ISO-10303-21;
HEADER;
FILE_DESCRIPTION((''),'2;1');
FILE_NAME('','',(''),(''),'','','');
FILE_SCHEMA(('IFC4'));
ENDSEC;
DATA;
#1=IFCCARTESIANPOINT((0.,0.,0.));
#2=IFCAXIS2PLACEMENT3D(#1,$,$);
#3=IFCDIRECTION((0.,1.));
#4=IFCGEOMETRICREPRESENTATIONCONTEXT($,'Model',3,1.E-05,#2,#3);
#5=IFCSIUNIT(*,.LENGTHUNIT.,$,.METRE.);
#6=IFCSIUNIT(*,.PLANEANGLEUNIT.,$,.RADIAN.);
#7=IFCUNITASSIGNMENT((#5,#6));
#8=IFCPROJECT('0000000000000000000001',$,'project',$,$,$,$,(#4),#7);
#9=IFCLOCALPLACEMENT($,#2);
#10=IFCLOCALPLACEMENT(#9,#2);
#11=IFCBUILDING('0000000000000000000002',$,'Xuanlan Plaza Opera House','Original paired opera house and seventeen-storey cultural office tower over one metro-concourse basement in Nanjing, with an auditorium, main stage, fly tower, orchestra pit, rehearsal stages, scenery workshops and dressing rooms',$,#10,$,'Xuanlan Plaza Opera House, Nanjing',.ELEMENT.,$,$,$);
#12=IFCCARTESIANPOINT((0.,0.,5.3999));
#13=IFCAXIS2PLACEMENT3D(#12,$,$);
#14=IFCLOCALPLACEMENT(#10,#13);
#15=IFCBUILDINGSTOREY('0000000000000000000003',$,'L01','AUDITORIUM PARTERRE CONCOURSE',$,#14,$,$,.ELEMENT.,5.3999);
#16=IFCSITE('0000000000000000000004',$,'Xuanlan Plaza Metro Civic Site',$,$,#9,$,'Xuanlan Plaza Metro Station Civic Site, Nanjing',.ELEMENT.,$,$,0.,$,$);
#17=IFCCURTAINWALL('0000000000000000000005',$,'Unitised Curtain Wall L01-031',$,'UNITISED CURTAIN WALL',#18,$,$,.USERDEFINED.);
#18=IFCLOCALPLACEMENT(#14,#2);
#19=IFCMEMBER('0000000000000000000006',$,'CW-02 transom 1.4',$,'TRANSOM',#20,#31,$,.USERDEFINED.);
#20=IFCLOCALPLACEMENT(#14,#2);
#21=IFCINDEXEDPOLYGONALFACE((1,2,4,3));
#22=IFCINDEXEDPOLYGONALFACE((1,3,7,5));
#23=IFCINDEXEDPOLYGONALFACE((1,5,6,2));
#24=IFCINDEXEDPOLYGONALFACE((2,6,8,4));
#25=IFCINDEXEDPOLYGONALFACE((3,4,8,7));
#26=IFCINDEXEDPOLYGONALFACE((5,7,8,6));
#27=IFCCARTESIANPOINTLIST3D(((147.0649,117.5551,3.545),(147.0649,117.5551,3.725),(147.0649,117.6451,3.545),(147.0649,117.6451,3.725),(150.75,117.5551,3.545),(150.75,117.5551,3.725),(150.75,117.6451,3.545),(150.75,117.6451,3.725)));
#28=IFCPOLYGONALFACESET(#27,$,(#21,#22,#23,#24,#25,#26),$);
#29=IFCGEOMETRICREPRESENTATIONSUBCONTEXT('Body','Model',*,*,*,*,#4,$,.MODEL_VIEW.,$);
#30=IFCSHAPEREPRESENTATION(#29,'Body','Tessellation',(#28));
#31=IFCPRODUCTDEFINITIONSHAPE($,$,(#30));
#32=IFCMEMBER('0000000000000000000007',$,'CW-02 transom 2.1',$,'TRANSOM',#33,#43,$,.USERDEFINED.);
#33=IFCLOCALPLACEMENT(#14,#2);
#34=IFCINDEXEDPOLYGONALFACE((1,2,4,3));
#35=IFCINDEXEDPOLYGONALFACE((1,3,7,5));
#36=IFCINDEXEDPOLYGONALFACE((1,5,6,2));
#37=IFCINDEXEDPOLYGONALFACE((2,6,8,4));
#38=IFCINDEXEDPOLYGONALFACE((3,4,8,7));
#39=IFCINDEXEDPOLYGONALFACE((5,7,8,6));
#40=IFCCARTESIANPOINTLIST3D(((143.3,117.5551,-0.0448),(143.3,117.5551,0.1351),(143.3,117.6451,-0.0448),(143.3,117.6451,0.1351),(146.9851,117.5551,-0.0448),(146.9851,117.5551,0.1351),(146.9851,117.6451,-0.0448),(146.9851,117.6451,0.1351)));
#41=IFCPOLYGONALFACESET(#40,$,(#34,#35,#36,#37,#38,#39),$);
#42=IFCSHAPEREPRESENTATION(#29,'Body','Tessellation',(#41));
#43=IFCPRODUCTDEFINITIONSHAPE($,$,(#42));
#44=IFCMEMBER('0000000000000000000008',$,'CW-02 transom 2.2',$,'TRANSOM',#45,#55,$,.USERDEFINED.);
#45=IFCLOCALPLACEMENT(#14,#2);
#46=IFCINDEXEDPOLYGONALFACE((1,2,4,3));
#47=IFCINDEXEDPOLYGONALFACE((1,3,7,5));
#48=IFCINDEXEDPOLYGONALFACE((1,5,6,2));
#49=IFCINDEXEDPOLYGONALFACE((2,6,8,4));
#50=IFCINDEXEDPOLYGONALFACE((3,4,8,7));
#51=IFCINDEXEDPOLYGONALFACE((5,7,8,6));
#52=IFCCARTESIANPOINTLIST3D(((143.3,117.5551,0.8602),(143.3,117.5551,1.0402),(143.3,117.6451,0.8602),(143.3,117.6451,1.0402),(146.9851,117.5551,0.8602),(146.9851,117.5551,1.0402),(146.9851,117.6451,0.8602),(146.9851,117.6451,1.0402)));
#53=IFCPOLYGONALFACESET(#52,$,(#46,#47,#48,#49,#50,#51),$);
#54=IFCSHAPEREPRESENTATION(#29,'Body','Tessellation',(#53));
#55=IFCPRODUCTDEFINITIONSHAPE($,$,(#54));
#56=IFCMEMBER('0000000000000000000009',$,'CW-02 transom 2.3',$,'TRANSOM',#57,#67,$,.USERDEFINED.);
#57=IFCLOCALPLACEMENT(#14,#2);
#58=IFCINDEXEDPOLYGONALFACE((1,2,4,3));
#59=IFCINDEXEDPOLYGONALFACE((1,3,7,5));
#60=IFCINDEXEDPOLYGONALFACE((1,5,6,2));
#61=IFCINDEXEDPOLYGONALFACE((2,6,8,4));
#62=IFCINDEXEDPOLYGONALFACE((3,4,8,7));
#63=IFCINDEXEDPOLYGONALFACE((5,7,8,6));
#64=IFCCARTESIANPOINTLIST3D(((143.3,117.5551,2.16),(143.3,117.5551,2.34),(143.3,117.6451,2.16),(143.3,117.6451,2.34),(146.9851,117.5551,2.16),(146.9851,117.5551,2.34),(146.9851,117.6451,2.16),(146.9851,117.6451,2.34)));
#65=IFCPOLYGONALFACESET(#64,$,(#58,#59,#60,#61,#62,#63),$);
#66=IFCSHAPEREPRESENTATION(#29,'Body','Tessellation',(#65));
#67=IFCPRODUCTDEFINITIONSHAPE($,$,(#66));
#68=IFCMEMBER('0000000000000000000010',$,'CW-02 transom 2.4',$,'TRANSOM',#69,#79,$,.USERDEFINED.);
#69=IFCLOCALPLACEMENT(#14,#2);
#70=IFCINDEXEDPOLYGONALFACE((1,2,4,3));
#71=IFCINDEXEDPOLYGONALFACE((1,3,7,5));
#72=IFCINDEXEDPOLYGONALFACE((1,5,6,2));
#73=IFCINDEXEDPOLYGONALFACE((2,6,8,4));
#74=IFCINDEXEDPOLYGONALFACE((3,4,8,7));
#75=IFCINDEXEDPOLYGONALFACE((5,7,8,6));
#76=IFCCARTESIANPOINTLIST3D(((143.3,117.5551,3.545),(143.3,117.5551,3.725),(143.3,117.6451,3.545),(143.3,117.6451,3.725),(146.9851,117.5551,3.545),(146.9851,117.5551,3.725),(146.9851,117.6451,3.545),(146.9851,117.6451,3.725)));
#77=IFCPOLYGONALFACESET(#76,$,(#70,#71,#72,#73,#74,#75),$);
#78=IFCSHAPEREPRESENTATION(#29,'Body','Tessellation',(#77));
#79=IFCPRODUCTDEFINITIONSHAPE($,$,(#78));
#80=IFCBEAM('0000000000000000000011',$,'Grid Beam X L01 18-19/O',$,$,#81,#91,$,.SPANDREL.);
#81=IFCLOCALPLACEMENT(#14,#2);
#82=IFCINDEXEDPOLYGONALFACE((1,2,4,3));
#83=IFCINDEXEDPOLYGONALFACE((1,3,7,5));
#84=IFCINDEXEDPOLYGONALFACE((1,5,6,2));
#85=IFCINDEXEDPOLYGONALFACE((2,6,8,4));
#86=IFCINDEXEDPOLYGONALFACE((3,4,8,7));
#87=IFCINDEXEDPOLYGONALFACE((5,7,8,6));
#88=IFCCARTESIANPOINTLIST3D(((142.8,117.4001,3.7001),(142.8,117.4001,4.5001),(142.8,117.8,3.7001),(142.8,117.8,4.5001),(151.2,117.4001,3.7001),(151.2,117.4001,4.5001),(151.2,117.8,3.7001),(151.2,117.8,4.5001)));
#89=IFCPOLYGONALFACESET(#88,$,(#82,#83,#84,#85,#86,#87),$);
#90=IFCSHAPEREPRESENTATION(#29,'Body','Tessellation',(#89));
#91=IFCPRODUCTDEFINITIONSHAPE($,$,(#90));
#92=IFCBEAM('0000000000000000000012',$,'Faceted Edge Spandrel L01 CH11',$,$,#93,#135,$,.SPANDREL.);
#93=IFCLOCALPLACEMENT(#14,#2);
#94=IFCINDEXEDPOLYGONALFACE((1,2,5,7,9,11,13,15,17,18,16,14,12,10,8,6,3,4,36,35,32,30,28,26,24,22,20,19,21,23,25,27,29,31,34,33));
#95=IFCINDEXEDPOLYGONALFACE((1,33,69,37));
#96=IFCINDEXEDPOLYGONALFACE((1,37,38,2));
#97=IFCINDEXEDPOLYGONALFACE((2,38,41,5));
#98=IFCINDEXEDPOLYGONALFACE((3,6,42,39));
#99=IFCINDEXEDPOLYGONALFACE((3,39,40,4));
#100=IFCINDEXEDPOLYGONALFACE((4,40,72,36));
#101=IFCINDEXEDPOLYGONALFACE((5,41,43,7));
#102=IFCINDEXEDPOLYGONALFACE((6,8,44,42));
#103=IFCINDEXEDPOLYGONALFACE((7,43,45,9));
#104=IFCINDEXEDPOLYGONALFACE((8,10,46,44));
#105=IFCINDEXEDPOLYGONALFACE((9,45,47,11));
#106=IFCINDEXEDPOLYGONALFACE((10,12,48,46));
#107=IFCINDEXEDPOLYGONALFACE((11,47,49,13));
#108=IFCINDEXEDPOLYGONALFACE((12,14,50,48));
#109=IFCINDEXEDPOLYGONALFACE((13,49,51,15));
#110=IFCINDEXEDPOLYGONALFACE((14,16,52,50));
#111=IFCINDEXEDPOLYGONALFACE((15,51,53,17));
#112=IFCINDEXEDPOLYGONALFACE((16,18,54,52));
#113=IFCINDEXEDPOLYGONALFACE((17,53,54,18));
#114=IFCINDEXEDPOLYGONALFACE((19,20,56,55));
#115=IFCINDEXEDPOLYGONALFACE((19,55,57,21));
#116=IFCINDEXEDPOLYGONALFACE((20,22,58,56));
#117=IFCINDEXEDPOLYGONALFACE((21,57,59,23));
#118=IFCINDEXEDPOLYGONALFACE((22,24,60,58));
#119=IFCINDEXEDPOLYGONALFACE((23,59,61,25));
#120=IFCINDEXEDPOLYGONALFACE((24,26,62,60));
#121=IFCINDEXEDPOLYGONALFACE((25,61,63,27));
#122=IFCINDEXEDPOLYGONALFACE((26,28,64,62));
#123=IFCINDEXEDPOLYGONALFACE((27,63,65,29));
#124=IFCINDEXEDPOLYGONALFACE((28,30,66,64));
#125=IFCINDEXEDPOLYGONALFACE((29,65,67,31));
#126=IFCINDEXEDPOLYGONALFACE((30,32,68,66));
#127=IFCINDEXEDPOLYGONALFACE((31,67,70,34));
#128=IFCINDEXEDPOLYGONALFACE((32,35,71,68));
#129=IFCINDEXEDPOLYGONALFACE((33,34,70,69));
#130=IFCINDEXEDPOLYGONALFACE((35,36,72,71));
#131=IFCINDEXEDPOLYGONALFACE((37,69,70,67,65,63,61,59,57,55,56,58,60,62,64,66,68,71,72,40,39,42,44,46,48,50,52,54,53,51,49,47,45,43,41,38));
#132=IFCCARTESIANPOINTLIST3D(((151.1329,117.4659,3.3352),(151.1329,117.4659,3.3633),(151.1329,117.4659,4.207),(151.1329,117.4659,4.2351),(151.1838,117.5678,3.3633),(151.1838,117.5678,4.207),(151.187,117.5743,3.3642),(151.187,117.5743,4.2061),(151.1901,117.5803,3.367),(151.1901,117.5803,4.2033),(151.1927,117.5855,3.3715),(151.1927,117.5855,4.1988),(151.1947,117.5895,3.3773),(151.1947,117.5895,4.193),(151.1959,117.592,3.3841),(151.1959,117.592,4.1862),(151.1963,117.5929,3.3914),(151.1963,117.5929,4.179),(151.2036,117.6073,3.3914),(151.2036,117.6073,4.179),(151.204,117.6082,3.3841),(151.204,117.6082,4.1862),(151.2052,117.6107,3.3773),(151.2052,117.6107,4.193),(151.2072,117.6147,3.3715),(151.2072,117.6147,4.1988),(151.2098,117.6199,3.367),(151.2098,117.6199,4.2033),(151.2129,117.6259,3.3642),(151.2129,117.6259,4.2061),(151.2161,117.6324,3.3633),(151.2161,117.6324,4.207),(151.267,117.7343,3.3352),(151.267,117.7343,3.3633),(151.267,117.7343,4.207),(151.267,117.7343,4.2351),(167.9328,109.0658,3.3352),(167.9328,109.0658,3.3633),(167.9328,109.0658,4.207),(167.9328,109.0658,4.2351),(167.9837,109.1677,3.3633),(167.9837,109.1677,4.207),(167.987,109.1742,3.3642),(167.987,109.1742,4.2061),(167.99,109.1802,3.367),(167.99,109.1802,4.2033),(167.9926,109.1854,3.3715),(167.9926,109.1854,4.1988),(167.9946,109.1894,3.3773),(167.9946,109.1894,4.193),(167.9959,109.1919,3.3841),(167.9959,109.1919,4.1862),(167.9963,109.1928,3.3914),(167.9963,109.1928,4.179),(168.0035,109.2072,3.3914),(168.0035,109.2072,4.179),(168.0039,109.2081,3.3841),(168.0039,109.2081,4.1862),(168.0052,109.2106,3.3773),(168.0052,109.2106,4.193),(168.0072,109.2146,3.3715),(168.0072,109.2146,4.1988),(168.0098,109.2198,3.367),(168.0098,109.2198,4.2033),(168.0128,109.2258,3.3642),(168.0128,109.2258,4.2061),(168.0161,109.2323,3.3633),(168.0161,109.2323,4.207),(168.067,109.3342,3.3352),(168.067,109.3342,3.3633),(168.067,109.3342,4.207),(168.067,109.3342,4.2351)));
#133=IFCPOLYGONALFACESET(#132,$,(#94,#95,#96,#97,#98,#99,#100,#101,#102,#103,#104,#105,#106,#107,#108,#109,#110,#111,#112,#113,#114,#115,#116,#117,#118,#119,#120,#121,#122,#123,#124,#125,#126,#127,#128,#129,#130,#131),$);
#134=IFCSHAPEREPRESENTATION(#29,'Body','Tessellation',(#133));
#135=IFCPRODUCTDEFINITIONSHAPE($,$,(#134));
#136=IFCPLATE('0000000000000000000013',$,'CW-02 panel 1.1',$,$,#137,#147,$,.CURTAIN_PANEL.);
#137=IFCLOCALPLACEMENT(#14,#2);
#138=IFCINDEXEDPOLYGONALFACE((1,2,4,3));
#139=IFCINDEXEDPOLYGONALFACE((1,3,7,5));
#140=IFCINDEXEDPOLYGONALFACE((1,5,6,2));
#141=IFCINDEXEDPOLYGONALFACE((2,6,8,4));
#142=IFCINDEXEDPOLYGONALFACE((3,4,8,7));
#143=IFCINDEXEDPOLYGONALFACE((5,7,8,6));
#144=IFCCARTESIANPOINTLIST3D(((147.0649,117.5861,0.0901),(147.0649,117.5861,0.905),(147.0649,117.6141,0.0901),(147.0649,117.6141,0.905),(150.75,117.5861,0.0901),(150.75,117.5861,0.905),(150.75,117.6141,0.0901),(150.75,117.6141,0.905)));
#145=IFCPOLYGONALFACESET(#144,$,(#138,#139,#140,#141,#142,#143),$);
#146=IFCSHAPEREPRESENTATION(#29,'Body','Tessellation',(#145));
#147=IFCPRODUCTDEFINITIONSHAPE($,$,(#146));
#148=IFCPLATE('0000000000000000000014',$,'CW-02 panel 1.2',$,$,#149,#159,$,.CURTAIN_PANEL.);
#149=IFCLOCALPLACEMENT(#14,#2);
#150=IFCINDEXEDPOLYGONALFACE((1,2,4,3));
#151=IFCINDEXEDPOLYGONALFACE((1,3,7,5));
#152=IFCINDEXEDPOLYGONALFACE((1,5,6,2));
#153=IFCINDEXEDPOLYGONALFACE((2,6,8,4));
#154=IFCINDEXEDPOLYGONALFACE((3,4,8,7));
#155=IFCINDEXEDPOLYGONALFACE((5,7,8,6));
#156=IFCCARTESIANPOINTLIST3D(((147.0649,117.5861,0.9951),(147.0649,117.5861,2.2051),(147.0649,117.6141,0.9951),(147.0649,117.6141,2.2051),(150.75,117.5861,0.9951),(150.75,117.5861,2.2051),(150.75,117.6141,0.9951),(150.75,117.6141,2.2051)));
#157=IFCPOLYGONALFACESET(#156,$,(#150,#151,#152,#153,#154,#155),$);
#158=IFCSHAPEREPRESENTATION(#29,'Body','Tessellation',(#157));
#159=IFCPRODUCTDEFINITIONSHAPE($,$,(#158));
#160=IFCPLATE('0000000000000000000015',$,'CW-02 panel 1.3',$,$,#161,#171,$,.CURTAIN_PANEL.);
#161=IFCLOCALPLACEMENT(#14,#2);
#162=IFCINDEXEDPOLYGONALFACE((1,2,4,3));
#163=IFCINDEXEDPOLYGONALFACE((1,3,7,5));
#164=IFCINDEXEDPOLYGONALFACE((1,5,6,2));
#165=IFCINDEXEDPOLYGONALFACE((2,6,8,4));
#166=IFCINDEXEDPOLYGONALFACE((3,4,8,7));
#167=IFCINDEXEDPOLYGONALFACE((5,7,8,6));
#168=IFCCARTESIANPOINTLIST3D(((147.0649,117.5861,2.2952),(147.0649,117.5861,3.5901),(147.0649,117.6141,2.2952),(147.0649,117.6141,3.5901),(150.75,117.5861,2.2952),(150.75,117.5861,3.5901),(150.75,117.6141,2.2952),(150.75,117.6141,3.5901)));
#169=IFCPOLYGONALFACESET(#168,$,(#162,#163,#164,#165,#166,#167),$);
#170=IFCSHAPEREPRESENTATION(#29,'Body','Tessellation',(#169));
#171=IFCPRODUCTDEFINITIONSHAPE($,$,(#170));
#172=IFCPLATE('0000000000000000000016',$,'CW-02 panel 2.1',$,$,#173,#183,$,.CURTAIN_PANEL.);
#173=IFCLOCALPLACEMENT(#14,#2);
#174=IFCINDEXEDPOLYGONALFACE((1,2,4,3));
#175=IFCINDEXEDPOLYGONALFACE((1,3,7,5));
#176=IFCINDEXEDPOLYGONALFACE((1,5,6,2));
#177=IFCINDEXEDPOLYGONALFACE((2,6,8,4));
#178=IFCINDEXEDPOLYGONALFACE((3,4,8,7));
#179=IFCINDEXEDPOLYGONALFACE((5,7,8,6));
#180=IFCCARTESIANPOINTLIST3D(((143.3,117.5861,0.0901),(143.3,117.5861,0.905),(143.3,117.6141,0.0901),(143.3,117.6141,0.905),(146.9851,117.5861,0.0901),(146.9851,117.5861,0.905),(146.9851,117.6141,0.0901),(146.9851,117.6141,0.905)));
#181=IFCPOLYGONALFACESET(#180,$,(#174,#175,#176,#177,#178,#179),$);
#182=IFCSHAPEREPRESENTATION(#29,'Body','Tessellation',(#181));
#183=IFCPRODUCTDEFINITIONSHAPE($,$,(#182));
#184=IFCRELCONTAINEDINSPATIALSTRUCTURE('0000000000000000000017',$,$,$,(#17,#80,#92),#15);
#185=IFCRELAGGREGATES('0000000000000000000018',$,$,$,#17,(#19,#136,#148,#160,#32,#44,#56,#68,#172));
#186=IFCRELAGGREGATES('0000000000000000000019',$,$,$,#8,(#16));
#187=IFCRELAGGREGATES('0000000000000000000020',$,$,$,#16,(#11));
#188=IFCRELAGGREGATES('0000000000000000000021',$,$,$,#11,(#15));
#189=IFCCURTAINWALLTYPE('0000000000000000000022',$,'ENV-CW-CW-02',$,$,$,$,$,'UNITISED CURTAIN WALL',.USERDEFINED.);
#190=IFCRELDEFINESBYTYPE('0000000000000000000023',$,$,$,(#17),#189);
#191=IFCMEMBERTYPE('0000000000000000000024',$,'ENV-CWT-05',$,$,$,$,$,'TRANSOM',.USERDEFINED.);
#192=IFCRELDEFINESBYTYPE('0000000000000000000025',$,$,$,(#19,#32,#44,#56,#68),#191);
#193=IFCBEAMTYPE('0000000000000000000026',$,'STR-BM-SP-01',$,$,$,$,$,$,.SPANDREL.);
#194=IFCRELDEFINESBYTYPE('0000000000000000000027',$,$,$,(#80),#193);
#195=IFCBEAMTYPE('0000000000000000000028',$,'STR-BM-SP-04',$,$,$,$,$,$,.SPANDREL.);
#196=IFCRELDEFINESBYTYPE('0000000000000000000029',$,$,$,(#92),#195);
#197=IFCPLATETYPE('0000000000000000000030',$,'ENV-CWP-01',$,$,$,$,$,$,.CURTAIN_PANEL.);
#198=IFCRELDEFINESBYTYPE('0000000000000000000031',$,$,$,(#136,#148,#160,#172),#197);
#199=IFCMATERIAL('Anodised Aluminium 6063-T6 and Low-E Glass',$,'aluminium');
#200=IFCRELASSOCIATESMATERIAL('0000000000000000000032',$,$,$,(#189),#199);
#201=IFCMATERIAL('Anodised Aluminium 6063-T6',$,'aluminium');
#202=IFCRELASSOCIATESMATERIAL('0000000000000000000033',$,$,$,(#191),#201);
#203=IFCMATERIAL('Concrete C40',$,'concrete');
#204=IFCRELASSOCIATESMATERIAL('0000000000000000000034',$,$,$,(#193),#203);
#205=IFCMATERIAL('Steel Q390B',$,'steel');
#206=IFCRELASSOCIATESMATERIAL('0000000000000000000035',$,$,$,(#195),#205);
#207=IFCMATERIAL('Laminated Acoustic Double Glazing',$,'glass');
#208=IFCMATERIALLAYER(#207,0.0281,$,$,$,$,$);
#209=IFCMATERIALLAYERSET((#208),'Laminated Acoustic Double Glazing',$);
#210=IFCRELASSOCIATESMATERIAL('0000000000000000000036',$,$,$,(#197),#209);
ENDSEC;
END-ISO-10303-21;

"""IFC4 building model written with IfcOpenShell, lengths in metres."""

from ifc_helpers import new_model, si_unit, direction, frame, origin, origin_2d, place, context, subcontext, project, spatial, rectangle, i_section, extrude, material, layer, layer_set, material_profile, profile_set, type_object, element, aggregate, save


model = new_model("IFC4")

# Units and contexts
model_context = context("Model", 3, precision=1e-05, world=origin(), true_north=direction((0.0, 1.0)))
body_context = subcontext(model_context, "Body", "Model", "MODEL_VIEW")
ifc_project = project(units=[si_unit("LENGTHUNIT", "METRE"), si_unit("PLANEANGLEUNIT", "RADIAN")], contexts=[model_context])

# Site, building, storey
site_placement = place(None, origin())
site = spatial("IfcSite", under=ifc_project, at=site_placement, Name="Xuanlan Plaza Metro Civic Site", LongName="Xuanlan Plaza Metro Station Civic Site, Nanjing", CompositionType="ELEMENT", RefElevation=0.0)
building_placement = place(site_placement, origin())
building = spatial("IfcBuilding", under=site, at=building_placement, Name="Xuanlan Plaza Opera House", Description="Original paired opera house and seventeen-storey cultural office tower over one metro-concourse basement in Nanjing, with an auditorium, main stage, fly tower, orchestra pit, rehearsal stages, scenery workshops and dressing rooms", LongName="Xuanlan Plaza Opera House, Nanjing", CompositionType="ELEMENT")
storey_placement = place(building_placement, frame((0.0, 0.0, 5.3999)))
storey = spatial("IfcBuildingStorey", under=building, at=storey_placement, Name="L01", Description="AUDITORIUM PARTERRE CONCOURSE", CompositionType="ELEMENT", Elevation=5.3999)

# Shared definitions
ifc_material_1 = material(Name="Concrete C40", Category="concrete")

# Curtain wall
ifc_material_2 = material(Name="Anodised Aluminium 6063-T6 and Low-E Glass", Category="aluminium")
ifc_material_3 = material(Name="Anodised Aluminium 6063-T6", Category="aluminium")
curtain_wall_type_1 = type_object("IfcCurtainWallType", Name="ENV-CW-CW-02", ElementType="UNITISED CURTAIN WALL", PredefinedType="USERDEFINED", material=ifc_material_2)
curtain_wall_1_placement = place(storey_placement, origin())
curtain_wall_1 = element("IfcCurtainWall", 1, at=curtain_wall_1_placement, inside=storey, type_object=curtain_wall_type_1, Name="Unitised Curtain Wall L01-031", ObjectType="UNITISED CURTAIN WALL", PredefinedType="USERDEFINED")

# Members
ifc_material_profile_1 = material_profile(ifc_material_3, rectangle(XDim=0.0901, YDim=0.1799, at=origin_2d()), Name="ALU-T 90x180")
ifc_profile_set_1 = profile_set([ifc_material_profile_1], Name="Anodised Aluminium 6063-T6")
member_type_1 = type_object("IfcMemberType", Name="ENV-CWT-05", ElementType="TRANSOM", PredefinedType="USERDEFINED", material=ifc_profile_set_1)
member_1_placement = place(storey_placement, frame((150.75, 117.6001, 3.635), z_axis=(-1.0, 0.0, 0.0), x_axis=(0.0, -1.0, 0.0)))
member_1 = element("IfcMember", 2, at=member_1_placement, type_object=member_type_1, Name="CW-02 transom 1.4", ObjectType="TRANSOM", PredefinedType="USERDEFINED", context=body_context, shape_type="SweptSolid", body=[
    extrude(rectangle(XDim=0.0901, YDim=0.1799, at=origin_2d()), origin(), (0.0, 0.0, 1.0), 3.6851),
])
member_2_placement = place(storey_placement, frame((146.9851, 117.6001, 0.0452), z_axis=(-1.0, 0.0, 0.0), x_axis=(0.0, -1.0, 0.0)))
member_2 = element("IfcMember", 3, at=member_2_placement, type_object=member_type_1, Name="CW-02 transom 2.1", ObjectType="TRANSOM", PredefinedType="USERDEFINED", context=body_context, shape_type="SweptSolid", body=[
    extrude(rectangle(XDim=0.0901, YDim=0.1799, at=origin_2d()), origin(), (0.0, 0.0, 1.0), 3.6851),
])
member_3_placement = place(storey_placement, frame((146.9851, 117.6001, 0.9502), z_axis=(-1.0, 0.0, 0.0), x_axis=(0.0, -1.0, 0.0)))
member_3 = element("IfcMember", 4, at=member_3_placement, type_object=member_type_1, Name="CW-02 transom 2.2", ObjectType="TRANSOM", PredefinedType="USERDEFINED", context=body_context, shape_type="SweptSolid", body=[
    extrude(rectangle(XDim=0.0901, YDim=0.1799, at=origin_2d()), origin(), (0.0, 0.0, 1.0), 3.6851),
])
member_4_placement = place(storey_placement, frame((146.9851, 117.6001, 2.25), z_axis=(-1.0, 0.0, 0.0), x_axis=(0.0, -1.0, 0.0)))
member_4 = element("IfcMember", 5, at=member_4_placement, type_object=member_type_1, Name="CW-02 transom 2.3", ObjectType="TRANSOM", PredefinedType="USERDEFINED", context=body_context, shape_type="SweptSolid", body=[
    extrude(rectangle(XDim=0.0901, YDim=0.1799, at=origin_2d()), origin(), (0.0, 0.0, 1.0), 3.6851),
])
member_5_placement = place(storey_placement, frame((146.9851, 117.6001, 3.635), z_axis=(-1.0, 0.0, 0.0), x_axis=(0.0, -1.0, 0.0)))
member_5 = element("IfcMember", 6, at=member_5_placement, type_object=member_type_1, Name="CW-02 transom 2.4", ObjectType="TRANSOM", PredefinedType="USERDEFINED", context=body_context, shape_type="SweptSolid", body=[
    extrude(rectangle(XDim=0.0901, YDim=0.1799, at=origin_2d()), origin(), (0.0, 0.0, 1.0), 3.6851),
])

# Beams
ifc_material_profile_2 = material_profile(ifc_material_1, rectangle(XDim=0.3999, YDim=0.8, at=origin_2d()), Name="RC-SPD 400x800")
ifc_profile_set_2 = profile_set([ifc_material_profile_2], Name="Concrete C40")
beam_type_1 = type_object("IfcBeamType", Name="STR-BM-SP-01", PredefinedType="SPANDREL", material=ifc_profile_set_2)
beam_1_placement = place(storey_placement, frame((142.8, 117.6001, 4.1001), z_axis=(1.0, 0.0, 0.0), x_axis=(0.0, 1.0, 0.0)))
element("IfcBeam", 7, at=beam_1_placement, inside=storey, type_object=beam_type_1, Name="Grid Beam X L01 18-19/O", PredefinedType="SPANDREL", context=body_context, shape_type="SweptSolid", body=[
    extrude(rectangle(XDim=0.3999, YDim=0.8, at=origin_2d()), origin(), (0.0, 0.0, 1.0), 8.3999),
])
ifc_material_4 = material(Name="Steel Q390B", Category="steel")
ifc_material_profile_3 = material_profile(ifc_material_4, i_section(OverallWidth=0.3, OverallDepth=0.8999, WebThickness=0.0161, FlangeThickness=0.0281, FilletRadius=0.0281, at=origin_2d()), Name="HN 900x300x16x28")
ifc_profile_set_3 = profile_set([ifc_material_profile_3], Name="Steel Q390B")
beam_type_2 = type_object("IfcBeamType", Name="STR-BM-SP-04", PredefinedType="SPANDREL", material=ifc_profile_set_3)
beam_2_placement = place(storey_placement, frame((151.2, 117.6001, 3.7852), z_axis=(0.894425, -0.447219, 0.0), x_axis=(0.447219, 0.894425, 0.0)))
element("IfcBeam", 8, at=beam_2_placement, inside=storey, type_object=beam_type_2, Name="Faceted Edge Spandrel L01 CH11", PredefinedType="SPANDREL", context=body_context, shape_type="SweptSolid", body=[
    extrude(i_section(OverallWidth=0.3, OverallDepth=0.8999, WebThickness=0.0161, FlangeThickness=0.0281, FilletRadius=0.0281, at=origin_2d()), origin(), (0.0, 0.0, 1.0), 18.783),
])

# Plates
ifc_material_5 = material(Name="Laminated Acoustic Double Glazing", Category="glass")
ifc_layer_1 = layer(ifc_material_5, 0.0281)
ifc_layer_set_1 = layer_set([ifc_layer_1], Name="Laminated Acoustic Double Glazing")
plate_type_1 = type_object("IfcPlateType", Name="ENV-CWP-01", PredefinedType="CURTAIN_PANEL", material=ifc_layer_set_1)
plate_1_placement = place(storey_placement, frame((148.9075, 117.6001, 0.0901), z_axis=(0.0, 0.0, 1.0), x_axis=(-1.0, 0.0, 0.0)))
plate_1 = element("IfcPlate", 9, at=plate_1_placement, type_object=plate_type_1, Name="CW-02 panel 1.1", PredefinedType="CURTAIN_PANEL", context=body_context, shape_type="SweptSolid", body=[
    extrude(rectangle(XDim=3.6851, YDim=0.0281, at=origin_2d()), origin(), (0.0, 0.0, 1.0), 0.8149),
])
plate_2_placement = place(storey_placement, frame((148.9075, 117.6001, 0.9951), z_axis=(0.0, 0.0, 1.0), x_axis=(-1.0, 0.0, 0.0)))
plate_2 = element("IfcPlate", 10, at=plate_2_placement, type_object=plate_type_1, Name="CW-02 panel 1.2", PredefinedType="CURTAIN_PANEL", context=body_context, shape_type="SweptSolid", body=[
    extrude(rectangle(XDim=3.6851, YDim=0.0281, at=origin_2d()), origin(), (0.0, 0.0, 1.0), 1.21),
])
plate_3_placement = place(storey_placement, frame((148.9075, 117.6001, 2.2952), z_axis=(0.0, 0.0, 1.0), x_axis=(-1.0, 0.0, 0.0)))
plate_3 = element("IfcPlate", 11, at=plate_3_placement, type_object=plate_type_1, Name="CW-02 panel 1.3", PredefinedType="CURTAIN_PANEL", context=body_context, shape_type="SweptSolid", body=[
    extrude(rectangle(XDim=3.6851, YDim=0.0281, at=origin_2d()), origin(), (0.0, 0.0, 1.0), 1.2949),
])
plate_4_placement = place(storey_placement, frame((145.1426, 117.6001, 0.0901), z_axis=(0.0, 0.0, 1.0), x_axis=(-1.0, 0.0, 0.0)))
plate_4 = element("IfcPlate", 12, at=plate_4_placement, type_object=plate_type_1, Name="CW-02 panel 2.1", PredefinedType="CURTAIN_PANEL", context=body_context, shape_type="SweptSolid", body=[
    extrude(rectangle(XDim=3.6851, YDim=0.0281, at=origin_2d()), origin(), (0.0, 0.0, 1.0), 0.8149),
])
aggregate(curtain_wall_1, [member_1, plate_1, plate_2, plate_3, member_2, member_3, member_4, member_5, plate_4])

save(model, "model.ifc")
